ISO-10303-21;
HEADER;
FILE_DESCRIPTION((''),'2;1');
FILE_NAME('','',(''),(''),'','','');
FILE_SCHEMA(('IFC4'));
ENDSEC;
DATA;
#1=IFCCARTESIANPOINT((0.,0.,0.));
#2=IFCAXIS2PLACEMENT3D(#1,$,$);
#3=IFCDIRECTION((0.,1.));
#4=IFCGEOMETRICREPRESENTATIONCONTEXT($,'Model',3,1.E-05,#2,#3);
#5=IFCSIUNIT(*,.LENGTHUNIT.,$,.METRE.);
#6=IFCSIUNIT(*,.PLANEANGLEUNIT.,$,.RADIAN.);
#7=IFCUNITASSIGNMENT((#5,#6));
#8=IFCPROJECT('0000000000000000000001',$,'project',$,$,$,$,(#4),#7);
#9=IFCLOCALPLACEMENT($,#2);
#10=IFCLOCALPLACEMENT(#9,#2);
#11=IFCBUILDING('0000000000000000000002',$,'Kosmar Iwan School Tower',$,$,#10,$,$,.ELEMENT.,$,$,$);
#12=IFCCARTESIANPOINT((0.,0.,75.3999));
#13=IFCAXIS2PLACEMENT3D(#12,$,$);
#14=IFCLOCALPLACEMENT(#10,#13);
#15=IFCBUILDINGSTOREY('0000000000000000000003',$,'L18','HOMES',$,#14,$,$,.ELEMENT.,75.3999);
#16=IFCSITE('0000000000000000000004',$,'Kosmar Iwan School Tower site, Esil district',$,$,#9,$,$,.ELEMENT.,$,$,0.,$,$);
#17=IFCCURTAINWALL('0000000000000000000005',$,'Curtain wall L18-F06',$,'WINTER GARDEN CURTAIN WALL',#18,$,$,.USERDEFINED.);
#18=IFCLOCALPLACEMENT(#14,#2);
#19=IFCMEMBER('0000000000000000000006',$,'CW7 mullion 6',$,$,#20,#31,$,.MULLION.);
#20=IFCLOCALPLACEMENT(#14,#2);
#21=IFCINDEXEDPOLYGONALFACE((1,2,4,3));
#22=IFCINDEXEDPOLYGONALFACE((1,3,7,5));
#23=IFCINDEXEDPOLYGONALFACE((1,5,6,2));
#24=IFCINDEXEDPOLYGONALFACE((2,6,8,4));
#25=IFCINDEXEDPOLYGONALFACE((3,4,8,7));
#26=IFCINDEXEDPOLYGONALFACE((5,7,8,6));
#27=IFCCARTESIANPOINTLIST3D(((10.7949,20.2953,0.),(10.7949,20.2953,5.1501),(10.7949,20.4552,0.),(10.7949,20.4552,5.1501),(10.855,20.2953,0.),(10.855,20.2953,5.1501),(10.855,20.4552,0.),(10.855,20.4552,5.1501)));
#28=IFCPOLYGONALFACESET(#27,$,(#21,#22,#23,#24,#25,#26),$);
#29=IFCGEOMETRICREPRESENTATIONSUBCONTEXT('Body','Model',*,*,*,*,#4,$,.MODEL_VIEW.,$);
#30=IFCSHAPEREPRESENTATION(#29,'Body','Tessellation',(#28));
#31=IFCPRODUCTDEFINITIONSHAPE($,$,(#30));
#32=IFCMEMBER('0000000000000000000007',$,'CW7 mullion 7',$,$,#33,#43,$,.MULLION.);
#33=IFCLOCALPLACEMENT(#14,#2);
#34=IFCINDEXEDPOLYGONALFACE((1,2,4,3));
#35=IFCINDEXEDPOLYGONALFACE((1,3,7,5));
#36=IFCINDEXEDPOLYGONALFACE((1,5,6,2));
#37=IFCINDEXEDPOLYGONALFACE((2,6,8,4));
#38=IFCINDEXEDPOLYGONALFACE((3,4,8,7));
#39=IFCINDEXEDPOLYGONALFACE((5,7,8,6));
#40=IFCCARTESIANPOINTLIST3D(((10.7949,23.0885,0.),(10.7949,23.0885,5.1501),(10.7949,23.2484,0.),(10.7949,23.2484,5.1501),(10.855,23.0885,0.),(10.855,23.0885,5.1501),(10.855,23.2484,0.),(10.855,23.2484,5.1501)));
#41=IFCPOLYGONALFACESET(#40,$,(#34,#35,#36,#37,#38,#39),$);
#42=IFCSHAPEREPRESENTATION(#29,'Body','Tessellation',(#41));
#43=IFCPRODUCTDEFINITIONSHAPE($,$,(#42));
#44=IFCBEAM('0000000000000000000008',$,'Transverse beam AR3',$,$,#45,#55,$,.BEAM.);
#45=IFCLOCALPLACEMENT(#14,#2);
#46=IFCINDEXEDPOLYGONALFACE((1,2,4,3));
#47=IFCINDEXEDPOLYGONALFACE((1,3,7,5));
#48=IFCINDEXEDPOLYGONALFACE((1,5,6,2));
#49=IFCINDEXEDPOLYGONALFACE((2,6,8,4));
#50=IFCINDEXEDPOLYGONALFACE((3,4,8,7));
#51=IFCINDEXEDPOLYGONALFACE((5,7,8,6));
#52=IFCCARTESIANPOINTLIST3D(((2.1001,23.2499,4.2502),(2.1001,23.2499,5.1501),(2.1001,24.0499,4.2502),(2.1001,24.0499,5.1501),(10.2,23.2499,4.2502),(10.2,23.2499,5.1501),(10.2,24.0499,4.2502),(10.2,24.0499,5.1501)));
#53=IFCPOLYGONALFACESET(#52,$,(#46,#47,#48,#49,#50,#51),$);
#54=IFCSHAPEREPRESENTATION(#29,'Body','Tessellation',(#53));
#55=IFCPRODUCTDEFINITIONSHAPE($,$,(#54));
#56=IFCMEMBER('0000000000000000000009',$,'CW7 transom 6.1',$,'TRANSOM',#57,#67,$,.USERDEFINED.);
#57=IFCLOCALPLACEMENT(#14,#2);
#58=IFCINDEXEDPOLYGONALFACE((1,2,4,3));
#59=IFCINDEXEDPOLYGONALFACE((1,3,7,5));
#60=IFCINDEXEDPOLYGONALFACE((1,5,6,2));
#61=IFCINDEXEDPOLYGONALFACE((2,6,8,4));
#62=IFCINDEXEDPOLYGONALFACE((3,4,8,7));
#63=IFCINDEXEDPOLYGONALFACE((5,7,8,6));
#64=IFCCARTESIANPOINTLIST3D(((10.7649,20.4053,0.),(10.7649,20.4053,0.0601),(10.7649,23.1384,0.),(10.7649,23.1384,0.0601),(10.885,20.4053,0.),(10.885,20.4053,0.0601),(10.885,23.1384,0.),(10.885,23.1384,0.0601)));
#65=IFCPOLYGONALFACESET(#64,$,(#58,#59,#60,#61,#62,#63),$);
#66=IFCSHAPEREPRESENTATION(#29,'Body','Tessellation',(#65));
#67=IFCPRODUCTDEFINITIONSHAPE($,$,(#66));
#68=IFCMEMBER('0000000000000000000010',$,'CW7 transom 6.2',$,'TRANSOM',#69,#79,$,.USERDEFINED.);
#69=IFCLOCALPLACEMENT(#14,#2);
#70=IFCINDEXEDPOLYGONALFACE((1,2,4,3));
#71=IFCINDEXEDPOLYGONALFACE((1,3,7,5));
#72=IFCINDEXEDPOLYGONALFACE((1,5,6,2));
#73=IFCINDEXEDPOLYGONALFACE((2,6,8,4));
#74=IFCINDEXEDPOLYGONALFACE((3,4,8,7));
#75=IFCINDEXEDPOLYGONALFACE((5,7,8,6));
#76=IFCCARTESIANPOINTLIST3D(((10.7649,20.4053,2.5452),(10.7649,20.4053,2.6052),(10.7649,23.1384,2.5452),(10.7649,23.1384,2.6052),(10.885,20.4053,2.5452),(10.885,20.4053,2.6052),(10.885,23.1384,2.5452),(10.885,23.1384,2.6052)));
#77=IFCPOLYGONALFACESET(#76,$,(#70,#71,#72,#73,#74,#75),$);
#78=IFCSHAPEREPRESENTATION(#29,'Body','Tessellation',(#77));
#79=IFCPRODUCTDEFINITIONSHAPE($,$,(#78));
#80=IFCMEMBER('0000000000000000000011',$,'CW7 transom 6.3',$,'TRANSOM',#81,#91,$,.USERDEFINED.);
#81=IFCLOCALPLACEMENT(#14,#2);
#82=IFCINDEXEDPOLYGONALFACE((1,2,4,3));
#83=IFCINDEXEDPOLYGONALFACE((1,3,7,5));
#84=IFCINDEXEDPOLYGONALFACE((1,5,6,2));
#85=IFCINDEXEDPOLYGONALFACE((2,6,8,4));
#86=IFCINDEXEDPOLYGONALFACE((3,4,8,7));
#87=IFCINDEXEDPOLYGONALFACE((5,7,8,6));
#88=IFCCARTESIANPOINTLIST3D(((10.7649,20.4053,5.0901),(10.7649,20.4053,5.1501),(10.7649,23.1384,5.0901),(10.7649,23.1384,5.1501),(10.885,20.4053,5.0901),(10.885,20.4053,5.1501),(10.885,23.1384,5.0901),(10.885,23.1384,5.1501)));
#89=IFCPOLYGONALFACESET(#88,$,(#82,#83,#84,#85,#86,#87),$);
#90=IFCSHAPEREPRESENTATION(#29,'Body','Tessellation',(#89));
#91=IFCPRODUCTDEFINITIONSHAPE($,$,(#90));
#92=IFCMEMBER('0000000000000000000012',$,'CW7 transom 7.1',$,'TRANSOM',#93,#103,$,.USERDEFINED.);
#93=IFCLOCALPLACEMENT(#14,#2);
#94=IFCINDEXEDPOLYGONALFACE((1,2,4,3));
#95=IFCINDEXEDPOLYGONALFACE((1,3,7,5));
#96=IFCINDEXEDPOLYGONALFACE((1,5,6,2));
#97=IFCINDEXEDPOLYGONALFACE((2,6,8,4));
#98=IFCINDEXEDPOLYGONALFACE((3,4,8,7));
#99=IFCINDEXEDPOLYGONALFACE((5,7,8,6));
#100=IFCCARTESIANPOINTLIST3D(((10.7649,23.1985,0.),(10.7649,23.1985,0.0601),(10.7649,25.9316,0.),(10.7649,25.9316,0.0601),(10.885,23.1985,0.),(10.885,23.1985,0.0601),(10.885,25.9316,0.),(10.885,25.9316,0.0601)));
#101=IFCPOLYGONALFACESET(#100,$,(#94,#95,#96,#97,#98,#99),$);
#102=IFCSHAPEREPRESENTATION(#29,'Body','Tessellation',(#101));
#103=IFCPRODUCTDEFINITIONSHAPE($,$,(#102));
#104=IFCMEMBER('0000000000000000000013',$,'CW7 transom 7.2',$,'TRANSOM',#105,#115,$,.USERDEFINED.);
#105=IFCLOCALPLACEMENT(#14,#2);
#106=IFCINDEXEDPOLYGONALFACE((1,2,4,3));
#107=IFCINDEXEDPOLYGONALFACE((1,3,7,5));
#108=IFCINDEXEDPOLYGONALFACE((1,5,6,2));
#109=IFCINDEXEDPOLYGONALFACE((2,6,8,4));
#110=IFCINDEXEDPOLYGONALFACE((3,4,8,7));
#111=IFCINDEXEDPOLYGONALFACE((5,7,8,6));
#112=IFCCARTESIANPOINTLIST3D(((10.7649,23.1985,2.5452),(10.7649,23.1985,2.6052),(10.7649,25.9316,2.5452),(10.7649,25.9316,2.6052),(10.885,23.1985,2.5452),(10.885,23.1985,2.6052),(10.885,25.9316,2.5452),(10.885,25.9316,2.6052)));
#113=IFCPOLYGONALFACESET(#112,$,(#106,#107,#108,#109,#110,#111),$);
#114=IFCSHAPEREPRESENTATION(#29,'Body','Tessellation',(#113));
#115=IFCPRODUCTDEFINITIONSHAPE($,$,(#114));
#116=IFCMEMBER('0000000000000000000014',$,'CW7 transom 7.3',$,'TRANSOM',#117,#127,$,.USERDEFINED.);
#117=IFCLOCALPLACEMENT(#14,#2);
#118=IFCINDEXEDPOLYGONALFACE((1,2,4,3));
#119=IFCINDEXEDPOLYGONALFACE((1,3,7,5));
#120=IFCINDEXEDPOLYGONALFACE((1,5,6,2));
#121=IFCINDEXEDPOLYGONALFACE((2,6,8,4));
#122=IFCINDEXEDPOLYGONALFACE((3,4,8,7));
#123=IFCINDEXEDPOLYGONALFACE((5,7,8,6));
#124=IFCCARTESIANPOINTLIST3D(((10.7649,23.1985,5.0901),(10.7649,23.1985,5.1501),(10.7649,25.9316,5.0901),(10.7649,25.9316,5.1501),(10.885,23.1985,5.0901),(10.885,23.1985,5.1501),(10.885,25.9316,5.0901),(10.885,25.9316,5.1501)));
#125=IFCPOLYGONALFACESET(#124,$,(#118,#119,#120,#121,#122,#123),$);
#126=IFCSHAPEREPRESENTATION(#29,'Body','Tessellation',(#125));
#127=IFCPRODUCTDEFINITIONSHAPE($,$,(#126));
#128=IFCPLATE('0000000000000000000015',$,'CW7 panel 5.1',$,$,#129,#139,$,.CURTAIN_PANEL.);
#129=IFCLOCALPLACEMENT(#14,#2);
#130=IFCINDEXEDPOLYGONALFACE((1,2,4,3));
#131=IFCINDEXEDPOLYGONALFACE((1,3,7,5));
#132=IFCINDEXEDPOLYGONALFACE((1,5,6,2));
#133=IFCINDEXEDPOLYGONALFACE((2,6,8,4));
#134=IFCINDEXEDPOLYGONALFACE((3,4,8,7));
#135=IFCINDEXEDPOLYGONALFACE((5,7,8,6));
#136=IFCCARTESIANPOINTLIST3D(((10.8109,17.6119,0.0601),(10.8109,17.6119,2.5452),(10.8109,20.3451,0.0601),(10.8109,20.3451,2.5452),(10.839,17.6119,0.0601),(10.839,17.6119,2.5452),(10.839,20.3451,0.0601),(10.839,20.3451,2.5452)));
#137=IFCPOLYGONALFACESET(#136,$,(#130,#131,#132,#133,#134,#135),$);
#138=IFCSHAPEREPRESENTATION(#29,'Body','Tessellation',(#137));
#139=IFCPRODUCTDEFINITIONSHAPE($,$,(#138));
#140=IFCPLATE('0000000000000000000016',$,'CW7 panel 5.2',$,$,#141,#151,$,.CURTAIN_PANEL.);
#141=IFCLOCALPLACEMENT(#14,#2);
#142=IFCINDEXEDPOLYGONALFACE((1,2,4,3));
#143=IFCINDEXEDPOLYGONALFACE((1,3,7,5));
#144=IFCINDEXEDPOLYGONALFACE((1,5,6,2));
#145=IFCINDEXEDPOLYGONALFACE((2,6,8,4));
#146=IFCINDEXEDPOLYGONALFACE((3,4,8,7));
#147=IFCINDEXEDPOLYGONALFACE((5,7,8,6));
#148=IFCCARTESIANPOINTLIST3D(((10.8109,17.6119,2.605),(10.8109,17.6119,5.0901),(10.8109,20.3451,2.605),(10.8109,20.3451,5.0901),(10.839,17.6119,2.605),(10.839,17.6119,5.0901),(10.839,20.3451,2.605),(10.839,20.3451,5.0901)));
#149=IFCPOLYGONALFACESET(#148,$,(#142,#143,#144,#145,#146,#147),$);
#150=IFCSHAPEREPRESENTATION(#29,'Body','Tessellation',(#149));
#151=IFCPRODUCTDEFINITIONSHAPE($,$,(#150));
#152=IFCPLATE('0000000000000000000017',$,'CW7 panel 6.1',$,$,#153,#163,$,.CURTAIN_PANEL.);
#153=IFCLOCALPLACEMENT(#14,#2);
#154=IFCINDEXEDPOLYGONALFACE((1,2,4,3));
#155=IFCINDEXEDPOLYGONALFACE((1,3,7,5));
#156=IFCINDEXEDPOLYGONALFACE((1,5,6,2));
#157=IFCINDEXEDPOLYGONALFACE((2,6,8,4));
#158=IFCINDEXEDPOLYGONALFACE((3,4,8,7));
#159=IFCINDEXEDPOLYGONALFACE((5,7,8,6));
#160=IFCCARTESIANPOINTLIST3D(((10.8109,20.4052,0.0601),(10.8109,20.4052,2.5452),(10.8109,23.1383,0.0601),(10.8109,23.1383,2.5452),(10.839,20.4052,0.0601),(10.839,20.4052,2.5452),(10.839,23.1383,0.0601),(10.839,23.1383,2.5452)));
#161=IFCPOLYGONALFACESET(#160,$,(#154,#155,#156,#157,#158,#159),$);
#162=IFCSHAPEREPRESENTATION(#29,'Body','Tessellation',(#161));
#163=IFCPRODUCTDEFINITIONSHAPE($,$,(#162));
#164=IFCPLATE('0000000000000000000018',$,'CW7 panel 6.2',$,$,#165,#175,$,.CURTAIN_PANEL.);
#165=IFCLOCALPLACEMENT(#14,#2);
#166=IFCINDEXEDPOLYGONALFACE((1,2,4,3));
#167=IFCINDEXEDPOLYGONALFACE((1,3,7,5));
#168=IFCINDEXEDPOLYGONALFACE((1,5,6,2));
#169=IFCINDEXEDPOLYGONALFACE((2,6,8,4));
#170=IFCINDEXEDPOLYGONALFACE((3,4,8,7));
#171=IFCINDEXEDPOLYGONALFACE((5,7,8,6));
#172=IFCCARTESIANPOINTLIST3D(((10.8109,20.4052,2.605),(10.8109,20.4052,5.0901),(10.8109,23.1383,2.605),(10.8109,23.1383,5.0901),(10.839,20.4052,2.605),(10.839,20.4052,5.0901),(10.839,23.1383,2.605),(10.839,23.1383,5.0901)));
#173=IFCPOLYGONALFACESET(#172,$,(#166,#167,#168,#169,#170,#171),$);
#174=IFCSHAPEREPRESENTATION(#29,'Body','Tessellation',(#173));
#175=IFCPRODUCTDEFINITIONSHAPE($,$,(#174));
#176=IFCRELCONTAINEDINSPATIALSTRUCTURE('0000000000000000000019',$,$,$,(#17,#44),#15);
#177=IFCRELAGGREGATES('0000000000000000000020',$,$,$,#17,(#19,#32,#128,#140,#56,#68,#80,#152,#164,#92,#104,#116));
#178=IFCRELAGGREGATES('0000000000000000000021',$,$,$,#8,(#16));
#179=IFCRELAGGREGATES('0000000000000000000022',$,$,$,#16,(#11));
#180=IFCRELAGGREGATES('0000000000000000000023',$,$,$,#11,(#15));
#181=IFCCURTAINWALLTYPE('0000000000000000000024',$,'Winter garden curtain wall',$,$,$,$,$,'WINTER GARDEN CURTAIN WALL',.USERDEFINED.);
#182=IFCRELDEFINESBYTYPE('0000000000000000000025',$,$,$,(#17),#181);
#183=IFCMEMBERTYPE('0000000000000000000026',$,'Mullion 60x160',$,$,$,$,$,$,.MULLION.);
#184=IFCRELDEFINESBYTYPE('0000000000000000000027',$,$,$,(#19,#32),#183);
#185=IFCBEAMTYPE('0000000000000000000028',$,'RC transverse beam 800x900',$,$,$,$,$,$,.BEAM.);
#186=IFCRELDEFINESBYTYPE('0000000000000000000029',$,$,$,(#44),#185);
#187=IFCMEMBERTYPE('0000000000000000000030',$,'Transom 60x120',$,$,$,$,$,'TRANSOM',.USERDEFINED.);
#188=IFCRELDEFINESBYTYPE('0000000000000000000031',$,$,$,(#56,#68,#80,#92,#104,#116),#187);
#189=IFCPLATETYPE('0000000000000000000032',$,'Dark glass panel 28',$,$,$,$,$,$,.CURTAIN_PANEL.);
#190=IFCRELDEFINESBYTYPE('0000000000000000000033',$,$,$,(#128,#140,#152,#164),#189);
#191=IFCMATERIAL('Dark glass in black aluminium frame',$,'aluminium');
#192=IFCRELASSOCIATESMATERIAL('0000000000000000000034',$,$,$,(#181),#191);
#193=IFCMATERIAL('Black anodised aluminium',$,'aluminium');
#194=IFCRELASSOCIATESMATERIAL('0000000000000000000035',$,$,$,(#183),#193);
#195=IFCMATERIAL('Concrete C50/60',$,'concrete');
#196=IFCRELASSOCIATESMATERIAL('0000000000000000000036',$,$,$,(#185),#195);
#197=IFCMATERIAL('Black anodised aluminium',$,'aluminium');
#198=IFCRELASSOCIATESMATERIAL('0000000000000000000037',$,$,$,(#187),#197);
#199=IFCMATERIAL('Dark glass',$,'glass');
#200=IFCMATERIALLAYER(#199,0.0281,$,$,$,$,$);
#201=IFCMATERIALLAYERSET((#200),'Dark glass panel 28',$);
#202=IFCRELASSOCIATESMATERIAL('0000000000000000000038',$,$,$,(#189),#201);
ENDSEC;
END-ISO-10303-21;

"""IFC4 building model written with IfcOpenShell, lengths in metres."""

from ifc_helpers import new_model, si_unit, direction, frame, origin, origin_2d, place, context, subcontext, project, spatial, rectangle, extrude, material, layer, layer_set, material_profile, profile_set, type_object, element, aggregate, save


model = new_model("IFC4")

# Units and contexts
model_context = context("Model", 3, precision=1e-05, world=origin(), true_north=direction((0.0, 1.0)))
body_context = subcontext(model_context, "Body", "Model", "MODEL_VIEW")
ifc_project = project(units=[si_unit("LENGTHUNIT", "METRE"), si_unit("PLANEANGLEUNIT", "RADIAN")], contexts=[model_context])

# Site, building, storey
site_placement = place(None, origin())
site = spatial("IfcSite", under=ifc_project, at=site_placement, Name="Kosmar Iwan School Tower site, Esil district", CompositionType="ELEMENT", RefElevation=0.0)
building_placement = place(site_placement, origin())
building = spatial("IfcBuilding", under=site, at=building_placement, Name="Kosmar Iwan School Tower", CompositionType="ELEMENT")
storey_placement = place(building_placement, frame((0.0, 0.0, 75.3999)))
storey = spatial("IfcBuildingStorey", under=building, at=storey_placement, Name="L18", Description="HOMES", CompositionType="ELEMENT", Elevation=75.3999)

# Curtain wall, members
ifc_material_1 = material(Name="Dark glass in black aluminium frame", Category="aluminium")
curtain_wall_type = type_object("IfcCurtainWallType", Name="Winter garden curtain wall", ElementType="WINTER GARDEN CURTAIN WALL", PredefinedType="USERDEFINED", material=ifc_material_1)
curtain_wall_placement = place(storey_placement, origin())
curtain_wall = element("IfcCurtainWall", 1, at=curtain_wall_placement, inside=storey, type_object=curtain_wall_type, Name="Curtain wall L18-F06", ObjectType="WINTER GARDEN CURTAIN WALL", PredefinedType="USERDEFINED")
ifc_material_2 = material(Name="Black anodised aluminium", Category="aluminium")
ifc_material_profile_1 = material_profile(ifc_material_2, rectangle(XDim=0.0601, YDim=0.1599, at=origin_2d()), Name="MULLION 60x160")
ifc_profile_set_1 = profile_set([ifc_material_profile_1], Name="Black anodised aluminium")
member_type_1 = type_object("IfcMemberType", Name="Mullion 60x160", PredefinedType="MULLION", material=ifc_profile_set_1)
member_1_placement = place(storey_placement, frame((10.825, 20.3752, 0.0), z_axis=(0.0, 0.0, 1.0), x_axis=(-1.0, 0.0, 0.0)))
member_1 = element("IfcMember", 2, at=member_1_placement, type_object=member_type_1, Name="CW7 mullion 6", PredefinedType="MULLION", context=body_context, shape_type="SweptSolid", body=[
    extrude(rectangle(XDim=0.0601, YDim=0.1599, at=origin_2d()), origin(), (0.0, 0.0, 1.0), 5.1501),
])
member_2_placement = place(storey_placement, frame((10.825, 23.1685, 0.0), z_axis=(0.0, 0.0, 1.0), x_axis=(-1.0, 0.0, 0.0)))
member_2 = element("IfcMember", 3, at=member_2_placement, type_object=member_type_1, Name="CW7 mullion 7", PredefinedType="MULLION", context=body_context, shape_type="SweptSolid", body=[
    extrude(rectangle(XDim=0.0601, YDim=0.1599, at=origin_2d()), origin(), (0.0, 0.0, 1.0), 5.1501),
])

# Beam
ifc_material_3 = material(Name="Concrete C50/60", Category="concrete")
ifc_material_profile_2 = material_profile(ifc_material_3, rectangle(XDim=0.8, YDim=0.8999, at=origin_2d()), Name="RC 800x900")
ifc_profile_set_2 = profile_set([ifc_material_profile_2], Name="Concrete C50/60")
beam_type = type_object("IfcBeamType", Name="RC transverse beam 800x900", PredefinedType="BEAM", material=ifc_profile_set_2)
beam_placement = place(storey_placement, frame((10.2, 23.6499, 4.7002), z_axis=(-1.0, 0.0, 0.0), x_axis=(0.0, -1.0, 0.0)))
element("IfcBeam", 4, at=beam_placement, inside=storey, type_object=beam_type, Name="Transverse beam AR3", PredefinedType="BEAM", context=body_context, shape_type="SweptSolid", body=[
    extrude(rectangle(XDim=0.8, YDim=0.8999, at=origin_2d()), origin(), (0.0, 0.0, 1.0), 8.0999),
])

# Members
ifc_material_4 = material(Name="Black anodised aluminium", Category="aluminium")
ifc_material_profile_3 = material_profile(ifc_material_4, rectangle(XDim=0.1201, YDim=0.0601, at=origin_2d()), Name="TRANSOM 60x120")
ifc_profile_set_3 = profile_set([ifc_material_profile_3], Name="Black anodised aluminium")
member_type_2 = type_object("IfcMemberType", Name="Transom 60x120", ElementType="TRANSOM", PredefinedType="USERDEFINED", material=ifc_profile_set_3)
member_3_placement = place(storey_placement, frame((10.825, 20.4053, 0.03), z_axis=(0.0, 1.0, 0.0), x_axis=(-1.0, 0.0, 0.0)))
member_3 = element("IfcMember", 5, at=member_3_placement, type_object=member_type_2, Name="CW7 transom 6.1", ObjectType="TRANSOM", PredefinedType="USERDEFINED", context=body_context, shape_type="SweptSolid", body=[
    extrude(rectangle(XDim=0.1201, YDim=0.0601, at=origin_2d()), origin(), (0.0, 0.0, 1.0), 2.7332),
])
member_4_placement = place(storey_placement, frame((10.825, 20.4053, 2.5752), z_axis=(0.0, 1.0, 0.0), x_axis=(-1.0, 0.0, 0.0)))
member_4 = element("IfcMember", 6, at=member_4_placement, type_object=member_type_2, Name="CW7 transom 6.2", ObjectType="TRANSOM", PredefinedType="USERDEFINED", context=body_context, shape_type="SweptSolid", body=[
    extrude(rectangle(XDim=0.1201, YDim=0.0601, at=origin_2d()), origin(), (0.0, 0.0, 1.0), 2.7332),
])
member_5_placement = place(storey_placement, frame((10.825, 20.4053, 5.1201), z_axis=(0.0, 1.0, 0.0), x_axis=(-1.0, 0.0, 0.0)))
member_5 = element("IfcMember", 7, at=member_5_placement, type_object=member_type_2, Name="CW7 transom 6.3", ObjectType="TRANSOM", PredefinedType="USERDEFINED", context=body_context, shape_type="SweptSolid", body=[
    extrude(rectangle(XDim=0.1201, YDim=0.0601, at=origin_2d()), origin(), (0.0, 0.0, 1.0), 2.7332),
])
member_6_placement = place(storey_placement, frame((10.825, 23.1985, 0.03), z_axis=(0.0, 1.0, 0.0), x_axis=(-1.0, 0.0, 0.0)))
member_6 = element("IfcMember", 8, at=member_6_placement, type_object=member_type_2, Name="CW7 transom 7.1", ObjectType="TRANSOM", PredefinedType="USERDEFINED", context=body_context, shape_type="SweptSolid", body=[
    extrude(rectangle(XDim=0.1201, YDim=0.0601, at=origin_2d()), origin(), (0.0, 0.0, 1.0), 2.7332),
])
member_7_placement = place(storey_placement, frame((10.825, 23.1985, 2.5752), z_axis=(0.0, 1.0, 0.0), x_axis=(-1.0, 0.0, 0.0)))
member_7 = element("IfcMember", 9, at=member_7_placement, type_object=member_type_2, Name="CW7 transom 7.2", ObjectType="TRANSOM", PredefinedType="USERDEFINED", context=body_context, shape_type="SweptSolid", body=[
    extrude(rectangle(XDim=0.1201, YDim=0.0601, at=origin_2d()), origin(), (0.0, 0.0, 1.0), 2.7332),
])
member_8_placement = place(storey_placement, frame((10.825, 23.1985, 5.1201), z_axis=(0.0, 1.0, 0.0), x_axis=(-1.0, 0.0, 0.0)))
member_8 = element("IfcMember", 10, at=member_8_placement, type_object=member_type_2, Name="CW7 transom 7.3", ObjectType="TRANSOM", PredefinedType="USERDEFINED", context=body_context, shape_type="SweptSolid", body=[
    extrude(rectangle(XDim=0.1201, YDim=0.0601, at=origin_2d()), origin(), (0.0, 0.0, 1.0), 2.7332),
])

# Plates
ifc_material_5 = material(Name="Dark glass", Category="glass")
ifc_layer = layer(ifc_material_5, 0.0281)
ifc_layer_set = layer_set([ifc_layer], Name="Dark glass panel 28")
plate_type = type_object("IfcPlateType", Name="Dark glass panel 28", PredefinedType="CURTAIN_PANEL", material=ifc_layer_set)
plate_1_placement = place(storey_placement, frame((10.825, 18.9785, 0.0601), z_axis=(0.0, 0.0, 1.0), x_axis=(0.0, 1.0, 0.0)))
plate_1 = element("IfcPlate", 11, at=plate_1_placement, type_object=plate_type, Name="CW7 panel 5.1", PredefinedType="CURTAIN_PANEL", context=body_context, shape_type="SweptSolid", body=[
    extrude(rectangle(XDim=2.7332, YDim=0.0281, at=origin_2d()), origin(), (0.0, 0.0, 1.0), 2.4851),
])
plate_2_placement = place(storey_placement, frame((10.825, 18.9785, 2.605), z_axis=(0.0, 0.0, 1.0), x_axis=(0.0, 1.0, 0.0)))
plate_2 = element("IfcPlate", 12, at=plate_2_placement, type_object=plate_type, Name="CW7 panel 5.2", PredefinedType="CURTAIN_PANEL", context=body_context, shape_type="SweptSolid", body=[
    extrude(rectangle(XDim=2.7332, YDim=0.0281, at=origin_2d()), origin(), (0.0, 0.0, 1.0), 2.4851),
])
plate_3_placement = place(storey_placement, frame((10.825, 21.7717, 0.0601), z_axis=(0.0, 0.0, 1.0), x_axis=(0.0, 1.0, 0.0)))
plate_3 = element("IfcPlate", 13, at=plate_3_placement, type_object=plate_type, Name="CW7 panel 6.1", PredefinedType="CURTAIN_PANEL", context=body_context, shape_type="SweptSolid", body=[
    extrude(rectangle(XDim=2.7332, YDim=0.0281, at=origin_2d()), origin(), (0.0, 0.0, 1.0), 2.4851),
])
plate_4_placement = place(storey_placement, frame((10.825, 21.7717, 2.605), z_axis=(0.0, 0.0, 1.0), x_axis=(0.0, 1.0, 0.0)))
plate_4 = element("IfcPlate", 14, at=plate_4_placement, type_object=plate_type, Name="CW7 panel 6.2", PredefinedType="CURTAIN_PANEL", context=body_context, shape_type="SweptSolid", body=[
    extrude(rectangle(XDim=2.7332, YDim=0.0281, at=origin_2d()), origin(), (0.0, 0.0, 1.0), 2.4851),
])
aggregate(curtain_wall, [member_1, member_2, plate_1, plate_2, member_3, member_4, member_5, plate_3, plate_4, member_6, member_7, member_8])

save(model, "model.ifc")
